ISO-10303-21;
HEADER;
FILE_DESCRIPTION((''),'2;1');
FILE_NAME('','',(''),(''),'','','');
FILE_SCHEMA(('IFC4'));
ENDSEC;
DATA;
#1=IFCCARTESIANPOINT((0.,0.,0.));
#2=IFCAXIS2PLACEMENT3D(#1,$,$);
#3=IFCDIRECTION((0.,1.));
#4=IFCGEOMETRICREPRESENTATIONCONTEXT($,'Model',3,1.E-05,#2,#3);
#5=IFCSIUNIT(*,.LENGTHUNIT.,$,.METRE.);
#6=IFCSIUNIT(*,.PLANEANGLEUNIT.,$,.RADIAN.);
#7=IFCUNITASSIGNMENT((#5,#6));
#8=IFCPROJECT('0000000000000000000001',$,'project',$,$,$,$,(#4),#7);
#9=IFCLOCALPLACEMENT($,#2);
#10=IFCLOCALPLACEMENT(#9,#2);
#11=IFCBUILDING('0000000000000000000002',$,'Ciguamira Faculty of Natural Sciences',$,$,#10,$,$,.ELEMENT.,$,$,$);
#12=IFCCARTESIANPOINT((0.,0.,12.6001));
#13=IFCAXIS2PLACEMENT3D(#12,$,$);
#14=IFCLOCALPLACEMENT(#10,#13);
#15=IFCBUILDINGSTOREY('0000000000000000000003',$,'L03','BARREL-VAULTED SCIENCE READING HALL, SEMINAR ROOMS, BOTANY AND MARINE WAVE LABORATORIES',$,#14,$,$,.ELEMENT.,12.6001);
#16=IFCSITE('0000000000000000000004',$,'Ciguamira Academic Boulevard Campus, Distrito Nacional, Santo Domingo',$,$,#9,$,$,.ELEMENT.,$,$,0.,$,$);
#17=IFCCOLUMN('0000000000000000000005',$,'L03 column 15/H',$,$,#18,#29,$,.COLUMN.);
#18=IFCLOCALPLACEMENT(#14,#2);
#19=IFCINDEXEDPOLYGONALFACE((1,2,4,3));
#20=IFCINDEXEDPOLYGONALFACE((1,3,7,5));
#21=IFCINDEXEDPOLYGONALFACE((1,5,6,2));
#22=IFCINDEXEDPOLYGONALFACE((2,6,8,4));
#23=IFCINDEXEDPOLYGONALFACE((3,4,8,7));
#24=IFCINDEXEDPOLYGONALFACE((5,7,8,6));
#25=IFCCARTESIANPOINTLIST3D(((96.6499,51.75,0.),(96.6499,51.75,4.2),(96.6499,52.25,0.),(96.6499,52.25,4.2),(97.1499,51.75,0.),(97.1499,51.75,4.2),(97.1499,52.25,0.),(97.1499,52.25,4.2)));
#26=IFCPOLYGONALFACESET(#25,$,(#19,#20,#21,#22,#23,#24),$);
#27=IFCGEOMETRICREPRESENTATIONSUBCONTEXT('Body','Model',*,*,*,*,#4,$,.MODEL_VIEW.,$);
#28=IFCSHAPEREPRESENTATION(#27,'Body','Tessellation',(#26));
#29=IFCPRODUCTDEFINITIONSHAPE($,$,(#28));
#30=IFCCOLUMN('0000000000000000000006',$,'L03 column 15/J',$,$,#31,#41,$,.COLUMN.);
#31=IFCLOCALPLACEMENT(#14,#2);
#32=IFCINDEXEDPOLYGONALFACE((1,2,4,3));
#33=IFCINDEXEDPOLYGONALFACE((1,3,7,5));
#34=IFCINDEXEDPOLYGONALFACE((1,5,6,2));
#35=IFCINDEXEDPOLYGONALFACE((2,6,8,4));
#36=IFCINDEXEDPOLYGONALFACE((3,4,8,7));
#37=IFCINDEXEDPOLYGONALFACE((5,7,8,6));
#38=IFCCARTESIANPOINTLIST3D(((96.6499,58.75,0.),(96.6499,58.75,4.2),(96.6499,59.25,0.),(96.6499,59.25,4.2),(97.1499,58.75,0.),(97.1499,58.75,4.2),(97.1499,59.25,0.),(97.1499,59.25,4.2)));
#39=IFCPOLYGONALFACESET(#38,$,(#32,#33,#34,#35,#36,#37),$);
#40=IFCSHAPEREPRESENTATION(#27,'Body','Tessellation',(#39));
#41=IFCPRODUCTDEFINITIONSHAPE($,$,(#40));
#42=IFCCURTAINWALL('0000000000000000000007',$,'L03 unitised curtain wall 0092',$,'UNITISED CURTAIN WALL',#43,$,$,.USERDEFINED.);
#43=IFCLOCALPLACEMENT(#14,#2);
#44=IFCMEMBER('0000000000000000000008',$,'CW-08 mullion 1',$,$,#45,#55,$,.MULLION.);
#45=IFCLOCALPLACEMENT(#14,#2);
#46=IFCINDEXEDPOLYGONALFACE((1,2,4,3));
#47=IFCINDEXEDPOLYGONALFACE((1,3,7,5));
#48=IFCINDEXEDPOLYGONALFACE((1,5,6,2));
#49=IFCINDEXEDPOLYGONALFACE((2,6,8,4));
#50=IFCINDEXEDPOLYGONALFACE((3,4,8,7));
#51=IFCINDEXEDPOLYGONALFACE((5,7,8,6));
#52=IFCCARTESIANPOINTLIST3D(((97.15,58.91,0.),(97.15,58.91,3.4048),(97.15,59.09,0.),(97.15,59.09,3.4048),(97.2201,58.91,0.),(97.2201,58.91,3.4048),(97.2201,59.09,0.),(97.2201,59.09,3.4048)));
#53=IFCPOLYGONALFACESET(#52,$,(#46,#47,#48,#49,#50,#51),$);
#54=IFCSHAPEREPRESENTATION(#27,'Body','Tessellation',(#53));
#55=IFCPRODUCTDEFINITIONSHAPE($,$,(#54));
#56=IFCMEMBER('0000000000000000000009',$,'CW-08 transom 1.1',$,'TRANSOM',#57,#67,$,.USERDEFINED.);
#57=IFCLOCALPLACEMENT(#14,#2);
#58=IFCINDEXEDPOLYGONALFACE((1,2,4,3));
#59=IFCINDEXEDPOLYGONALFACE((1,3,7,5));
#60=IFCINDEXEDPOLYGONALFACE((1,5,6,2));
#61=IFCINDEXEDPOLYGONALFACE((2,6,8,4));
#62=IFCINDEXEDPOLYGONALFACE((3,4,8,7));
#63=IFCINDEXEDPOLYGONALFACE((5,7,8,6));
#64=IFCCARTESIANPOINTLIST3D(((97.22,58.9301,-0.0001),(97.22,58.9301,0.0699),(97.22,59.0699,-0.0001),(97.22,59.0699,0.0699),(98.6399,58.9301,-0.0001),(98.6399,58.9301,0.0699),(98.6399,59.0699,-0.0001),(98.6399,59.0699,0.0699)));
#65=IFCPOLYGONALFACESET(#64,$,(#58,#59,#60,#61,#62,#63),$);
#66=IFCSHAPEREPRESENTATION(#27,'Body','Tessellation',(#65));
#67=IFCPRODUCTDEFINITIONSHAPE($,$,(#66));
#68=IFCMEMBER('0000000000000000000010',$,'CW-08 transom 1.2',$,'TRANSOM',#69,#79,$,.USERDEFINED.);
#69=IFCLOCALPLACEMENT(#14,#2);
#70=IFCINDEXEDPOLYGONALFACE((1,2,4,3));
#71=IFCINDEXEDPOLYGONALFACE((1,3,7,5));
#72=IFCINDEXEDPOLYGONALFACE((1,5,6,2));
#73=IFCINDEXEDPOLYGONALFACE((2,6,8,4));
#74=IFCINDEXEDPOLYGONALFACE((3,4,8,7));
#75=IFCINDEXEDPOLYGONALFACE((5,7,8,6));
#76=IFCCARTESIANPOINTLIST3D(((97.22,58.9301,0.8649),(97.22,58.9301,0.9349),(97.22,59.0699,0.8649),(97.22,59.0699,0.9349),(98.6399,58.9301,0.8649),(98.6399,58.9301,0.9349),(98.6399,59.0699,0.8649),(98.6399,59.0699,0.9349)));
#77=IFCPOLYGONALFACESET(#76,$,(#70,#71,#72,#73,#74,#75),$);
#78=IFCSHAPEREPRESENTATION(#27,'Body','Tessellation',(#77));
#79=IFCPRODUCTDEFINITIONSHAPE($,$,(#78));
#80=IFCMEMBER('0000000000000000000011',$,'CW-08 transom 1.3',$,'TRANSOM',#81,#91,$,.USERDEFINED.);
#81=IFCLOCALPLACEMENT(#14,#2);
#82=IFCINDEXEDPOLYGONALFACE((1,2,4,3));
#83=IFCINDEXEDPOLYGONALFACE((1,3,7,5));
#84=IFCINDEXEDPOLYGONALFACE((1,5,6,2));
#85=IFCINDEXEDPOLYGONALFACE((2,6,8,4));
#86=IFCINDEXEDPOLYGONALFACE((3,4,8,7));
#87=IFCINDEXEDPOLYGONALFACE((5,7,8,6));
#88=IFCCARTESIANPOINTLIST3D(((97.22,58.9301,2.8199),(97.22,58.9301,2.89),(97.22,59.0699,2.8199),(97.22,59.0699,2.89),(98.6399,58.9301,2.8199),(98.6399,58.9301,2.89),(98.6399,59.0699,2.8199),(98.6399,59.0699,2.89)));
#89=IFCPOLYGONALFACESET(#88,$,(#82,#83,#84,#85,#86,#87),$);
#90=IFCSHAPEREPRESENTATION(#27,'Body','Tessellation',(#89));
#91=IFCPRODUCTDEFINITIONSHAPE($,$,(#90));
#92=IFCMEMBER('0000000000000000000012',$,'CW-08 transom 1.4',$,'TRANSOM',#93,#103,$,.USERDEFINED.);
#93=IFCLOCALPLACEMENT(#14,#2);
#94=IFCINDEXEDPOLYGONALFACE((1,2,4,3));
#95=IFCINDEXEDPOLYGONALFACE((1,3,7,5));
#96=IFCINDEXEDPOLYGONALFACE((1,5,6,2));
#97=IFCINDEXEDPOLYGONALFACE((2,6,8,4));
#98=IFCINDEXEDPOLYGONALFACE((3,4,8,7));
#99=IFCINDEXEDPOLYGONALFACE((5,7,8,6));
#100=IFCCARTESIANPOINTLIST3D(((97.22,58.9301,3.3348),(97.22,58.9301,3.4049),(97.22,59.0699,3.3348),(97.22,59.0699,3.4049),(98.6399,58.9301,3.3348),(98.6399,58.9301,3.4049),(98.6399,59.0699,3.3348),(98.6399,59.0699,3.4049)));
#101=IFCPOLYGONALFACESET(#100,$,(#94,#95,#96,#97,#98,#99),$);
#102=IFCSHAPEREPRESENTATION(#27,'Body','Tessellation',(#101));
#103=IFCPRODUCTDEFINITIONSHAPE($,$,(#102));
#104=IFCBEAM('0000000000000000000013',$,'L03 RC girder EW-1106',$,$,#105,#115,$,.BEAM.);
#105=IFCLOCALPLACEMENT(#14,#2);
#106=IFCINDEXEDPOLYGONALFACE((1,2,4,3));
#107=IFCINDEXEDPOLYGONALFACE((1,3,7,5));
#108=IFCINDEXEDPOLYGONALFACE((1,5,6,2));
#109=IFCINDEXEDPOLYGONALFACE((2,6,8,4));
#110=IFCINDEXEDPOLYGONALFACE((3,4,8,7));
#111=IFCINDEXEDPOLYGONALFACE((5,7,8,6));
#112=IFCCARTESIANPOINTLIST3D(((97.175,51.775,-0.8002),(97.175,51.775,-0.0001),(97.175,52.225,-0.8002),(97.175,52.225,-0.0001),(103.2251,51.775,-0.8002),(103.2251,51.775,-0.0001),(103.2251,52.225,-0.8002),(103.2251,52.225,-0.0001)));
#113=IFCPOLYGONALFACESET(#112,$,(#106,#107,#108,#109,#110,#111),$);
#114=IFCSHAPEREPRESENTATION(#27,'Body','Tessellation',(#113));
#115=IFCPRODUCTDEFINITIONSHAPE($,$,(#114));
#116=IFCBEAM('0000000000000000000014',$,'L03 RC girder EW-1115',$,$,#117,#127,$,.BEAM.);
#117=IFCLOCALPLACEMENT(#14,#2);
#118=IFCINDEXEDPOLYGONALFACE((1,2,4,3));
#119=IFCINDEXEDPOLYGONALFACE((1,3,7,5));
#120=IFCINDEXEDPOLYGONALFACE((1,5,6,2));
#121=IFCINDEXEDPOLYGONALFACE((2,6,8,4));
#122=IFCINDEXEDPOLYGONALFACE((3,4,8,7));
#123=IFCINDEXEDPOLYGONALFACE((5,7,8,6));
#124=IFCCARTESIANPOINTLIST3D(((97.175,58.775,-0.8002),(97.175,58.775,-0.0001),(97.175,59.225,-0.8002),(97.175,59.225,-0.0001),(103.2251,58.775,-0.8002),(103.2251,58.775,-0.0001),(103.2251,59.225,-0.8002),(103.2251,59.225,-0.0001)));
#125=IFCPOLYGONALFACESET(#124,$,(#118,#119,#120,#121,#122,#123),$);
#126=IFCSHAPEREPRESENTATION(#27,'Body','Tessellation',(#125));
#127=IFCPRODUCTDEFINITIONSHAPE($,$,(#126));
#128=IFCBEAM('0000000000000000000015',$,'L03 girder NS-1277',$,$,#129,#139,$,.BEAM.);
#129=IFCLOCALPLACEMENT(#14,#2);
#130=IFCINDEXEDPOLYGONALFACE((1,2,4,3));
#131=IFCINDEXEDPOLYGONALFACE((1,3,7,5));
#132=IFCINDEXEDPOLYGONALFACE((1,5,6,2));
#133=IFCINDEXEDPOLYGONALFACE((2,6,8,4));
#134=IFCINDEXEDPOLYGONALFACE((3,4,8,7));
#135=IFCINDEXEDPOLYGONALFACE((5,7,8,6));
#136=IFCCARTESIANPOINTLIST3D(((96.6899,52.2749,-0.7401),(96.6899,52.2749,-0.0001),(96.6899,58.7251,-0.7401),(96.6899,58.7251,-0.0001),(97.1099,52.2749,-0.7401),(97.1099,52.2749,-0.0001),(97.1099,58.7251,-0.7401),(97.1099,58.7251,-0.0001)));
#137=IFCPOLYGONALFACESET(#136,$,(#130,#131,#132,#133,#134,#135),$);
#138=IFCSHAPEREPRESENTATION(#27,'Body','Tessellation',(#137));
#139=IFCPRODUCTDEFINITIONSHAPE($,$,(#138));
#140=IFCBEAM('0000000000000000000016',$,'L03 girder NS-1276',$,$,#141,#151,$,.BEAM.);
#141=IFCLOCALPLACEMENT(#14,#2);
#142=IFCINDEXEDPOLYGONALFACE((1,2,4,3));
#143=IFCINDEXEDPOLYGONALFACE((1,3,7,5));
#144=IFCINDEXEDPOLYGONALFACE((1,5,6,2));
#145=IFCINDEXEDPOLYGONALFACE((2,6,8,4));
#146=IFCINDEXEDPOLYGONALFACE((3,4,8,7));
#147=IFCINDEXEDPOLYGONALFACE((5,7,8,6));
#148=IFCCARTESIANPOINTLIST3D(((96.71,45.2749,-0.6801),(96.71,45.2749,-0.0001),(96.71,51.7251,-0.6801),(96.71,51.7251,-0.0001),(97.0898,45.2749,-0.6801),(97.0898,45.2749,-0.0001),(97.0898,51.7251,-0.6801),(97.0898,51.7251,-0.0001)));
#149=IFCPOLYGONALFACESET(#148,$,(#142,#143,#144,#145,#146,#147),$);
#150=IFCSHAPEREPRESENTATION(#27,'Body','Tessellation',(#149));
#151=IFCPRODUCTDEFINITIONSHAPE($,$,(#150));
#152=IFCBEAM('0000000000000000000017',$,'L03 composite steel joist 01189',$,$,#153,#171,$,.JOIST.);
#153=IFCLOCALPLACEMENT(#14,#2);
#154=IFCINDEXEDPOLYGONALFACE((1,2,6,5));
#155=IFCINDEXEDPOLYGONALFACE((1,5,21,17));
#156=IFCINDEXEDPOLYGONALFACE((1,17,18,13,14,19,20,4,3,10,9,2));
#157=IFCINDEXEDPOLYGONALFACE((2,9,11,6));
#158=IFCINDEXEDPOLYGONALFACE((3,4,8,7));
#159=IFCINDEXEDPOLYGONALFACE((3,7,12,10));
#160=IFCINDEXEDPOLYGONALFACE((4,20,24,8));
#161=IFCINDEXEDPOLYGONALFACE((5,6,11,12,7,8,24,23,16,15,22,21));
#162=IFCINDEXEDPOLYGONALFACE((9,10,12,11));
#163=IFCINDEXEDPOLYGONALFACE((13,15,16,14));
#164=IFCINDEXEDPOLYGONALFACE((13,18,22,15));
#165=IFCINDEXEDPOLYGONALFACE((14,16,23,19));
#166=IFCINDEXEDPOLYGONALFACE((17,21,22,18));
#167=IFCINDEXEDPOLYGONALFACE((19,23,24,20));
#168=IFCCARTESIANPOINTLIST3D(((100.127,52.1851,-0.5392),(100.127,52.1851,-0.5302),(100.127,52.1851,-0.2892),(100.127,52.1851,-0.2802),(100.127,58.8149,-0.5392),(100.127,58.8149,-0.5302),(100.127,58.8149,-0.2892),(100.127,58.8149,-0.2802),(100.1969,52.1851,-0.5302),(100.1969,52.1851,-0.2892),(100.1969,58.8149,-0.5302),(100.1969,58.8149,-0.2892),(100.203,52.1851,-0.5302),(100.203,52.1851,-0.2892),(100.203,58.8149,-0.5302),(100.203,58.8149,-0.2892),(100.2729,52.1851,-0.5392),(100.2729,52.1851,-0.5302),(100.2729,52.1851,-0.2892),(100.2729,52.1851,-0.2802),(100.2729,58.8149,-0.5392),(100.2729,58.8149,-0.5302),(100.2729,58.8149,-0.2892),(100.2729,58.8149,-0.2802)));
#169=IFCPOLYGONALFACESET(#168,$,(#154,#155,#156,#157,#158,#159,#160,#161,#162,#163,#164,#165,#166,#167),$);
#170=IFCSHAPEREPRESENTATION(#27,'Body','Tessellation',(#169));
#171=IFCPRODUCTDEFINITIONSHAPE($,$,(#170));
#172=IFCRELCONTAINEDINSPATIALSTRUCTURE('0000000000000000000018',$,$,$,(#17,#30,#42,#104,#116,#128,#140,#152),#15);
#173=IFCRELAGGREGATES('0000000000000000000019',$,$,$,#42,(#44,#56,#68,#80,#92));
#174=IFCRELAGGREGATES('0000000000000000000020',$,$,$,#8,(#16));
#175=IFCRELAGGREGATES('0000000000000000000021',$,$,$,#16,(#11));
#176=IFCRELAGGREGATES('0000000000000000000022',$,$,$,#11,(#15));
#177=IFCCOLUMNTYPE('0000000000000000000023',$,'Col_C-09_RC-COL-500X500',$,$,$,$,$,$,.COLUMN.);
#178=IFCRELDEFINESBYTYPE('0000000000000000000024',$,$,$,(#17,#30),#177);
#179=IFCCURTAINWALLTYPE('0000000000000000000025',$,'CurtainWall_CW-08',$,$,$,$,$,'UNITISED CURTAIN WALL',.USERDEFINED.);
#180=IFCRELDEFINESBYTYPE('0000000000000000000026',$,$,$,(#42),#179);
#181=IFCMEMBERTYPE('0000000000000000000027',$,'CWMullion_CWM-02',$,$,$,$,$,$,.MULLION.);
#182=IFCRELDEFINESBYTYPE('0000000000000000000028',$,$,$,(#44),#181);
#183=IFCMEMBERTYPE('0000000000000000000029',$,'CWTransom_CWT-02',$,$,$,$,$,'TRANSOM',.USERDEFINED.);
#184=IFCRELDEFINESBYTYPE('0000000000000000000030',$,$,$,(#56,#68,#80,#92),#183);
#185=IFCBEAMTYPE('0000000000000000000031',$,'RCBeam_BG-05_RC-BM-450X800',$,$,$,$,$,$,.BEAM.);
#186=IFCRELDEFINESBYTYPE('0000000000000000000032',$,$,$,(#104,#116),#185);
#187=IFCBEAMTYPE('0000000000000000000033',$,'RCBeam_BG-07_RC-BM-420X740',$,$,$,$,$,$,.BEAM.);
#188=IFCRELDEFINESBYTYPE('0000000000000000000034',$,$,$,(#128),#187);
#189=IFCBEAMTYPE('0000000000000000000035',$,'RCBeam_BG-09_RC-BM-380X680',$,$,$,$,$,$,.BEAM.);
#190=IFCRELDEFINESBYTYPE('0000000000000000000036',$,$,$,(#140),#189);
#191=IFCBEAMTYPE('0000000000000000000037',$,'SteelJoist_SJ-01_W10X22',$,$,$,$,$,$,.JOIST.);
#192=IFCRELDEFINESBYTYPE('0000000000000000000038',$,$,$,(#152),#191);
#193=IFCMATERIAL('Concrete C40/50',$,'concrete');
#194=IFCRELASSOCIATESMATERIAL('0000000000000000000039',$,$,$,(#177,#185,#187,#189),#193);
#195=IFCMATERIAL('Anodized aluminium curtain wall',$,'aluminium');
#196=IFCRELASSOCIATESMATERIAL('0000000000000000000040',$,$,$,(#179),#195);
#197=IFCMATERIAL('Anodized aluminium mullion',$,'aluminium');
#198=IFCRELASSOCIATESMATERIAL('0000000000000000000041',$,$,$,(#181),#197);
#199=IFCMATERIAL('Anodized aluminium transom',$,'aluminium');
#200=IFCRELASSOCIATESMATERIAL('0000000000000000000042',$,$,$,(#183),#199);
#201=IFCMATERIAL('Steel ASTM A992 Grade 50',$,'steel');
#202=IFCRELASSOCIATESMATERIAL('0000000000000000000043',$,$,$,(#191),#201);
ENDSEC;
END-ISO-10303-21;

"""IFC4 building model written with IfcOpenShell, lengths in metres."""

from ifc_helpers import new_model, si_unit, direction, frame, origin, origin_2d, place, context, subcontext, project, spatial, rectangle, i_section, extrude, material, material_profile, profile_set, type_object, element, aggregate, save


model = new_model("IFC4")

# Units and contexts
model_context = context("Model", 3, precision=1e-05, world=origin(), true_north=direction((0.0, 1.0)))
body_context = subcontext(model_context, "Body", "Model", "MODEL_VIEW")
ifc_project = project(units=[si_unit("LENGTHUNIT", "METRE"), si_unit("PLANEANGLEUNIT", "RADIAN")], contexts=[model_context])

# Site, building, storey
site_placement = place(None, origin())
site = spatial("IfcSite", under=ifc_project, at=site_placement, Name="Ciguamira Academic Boulevard Campus, Distrito Nacional, Santo Domingo", CompositionType="ELEMENT", RefElevation=0.0)
building_placement = place(site_placement, origin())
building = spatial("IfcBuilding", under=site, at=building_placement, Name="Ciguamira Faculty of Natural Sciences", CompositionType="ELEMENT")
storey_placement = place(building_placement, frame((0.0, 0.0, 12.6001)))
storey = spatial("IfcBuildingStorey", under=building, at=storey_placement, Name="L03", Description="BARREL-VAULTED SCIENCE READING HALL, SEMINAR ROOMS, BOTANY AND MARINE WAVE LABORATORIES", CompositionType="ELEMENT", Elevation=12.6001)

# Columns
ifc_material_1 = material(Name="Concrete C40/50", Category="concrete")
ifc_material_profile_1 = material_profile(ifc_material_1, rectangle(XDim=0.5, YDim=0.5, at=origin_2d()), Name="RC-COL-500X500")
ifc_profile_set_1 = profile_set([ifc_material_profile_1], Name="Concrete C40/50")
column_type = type_object("IfcColumnType", Name="Col_C-09_RC-COL-500X500", PredefinedType="COLUMN", material=ifc_profile_set_1)
for number, where, z_axis, x_axis, name in (
    (1, (96.8999, 52.0, 0.0), (0.0, 0.0, 1.0), (1.0, 0.0, 0.0), "L03 column 15/H"),
    (2, (96.8999, 59.0, 0.0), (0.0, 0.0, 1.0), (1.0, 0.0, 0.0), "L03 column 15/J"),
):
    element("IfcColumn", number, at=place(storey_placement, frame(where, z_axis=z_axis, x_axis=x_axis)), inside=storey, type_object=column_type, Name=name, PredefinedType="COLUMN", context=body_context, shape_type="SweptSolid", body=[
        extrude(rectangle(XDim=0.5, YDim=0.5, at=origin_2d()), origin(), (0.0, 0.0, 1.0), 4.2),
    ])

# Curtain wall, members
ifc_material_2 = material(Name="Anodized aluminium curtain wall", Category="aluminium")
curtain_wall_type = type_object("IfcCurtainWallType", Name="CurtainWall_CW-08", ElementType="UNITISED CURTAIN WALL", PredefinedType="USERDEFINED", material=ifc_material_2)
curtain_wall_placement = place(storey_placement, origin())
curtain_wall = element("IfcCurtainWall", 3, at=curtain_wall_placement, inside=storey, type_object=curtain_wall_type, Name="L03 unitised curtain wall 0092", ObjectType="UNITISED CURTAIN WALL", PredefinedType="USERDEFINED")
ifc_material_3 = material(Name="Anodized aluminium mullion", Category="aluminium")
ifc_material_profile_2 = material_profile(ifc_material_3, rectangle(XDim=0.0701, YDim=0.1799, at=origin_2d()), Name="ALU-MUL-70X180")
ifc_profile_set_2 = profile_set([ifc_material_profile_2], Name="Anodized aluminium mullion")
member_type_1 = type_object("IfcMemberType", Name="CWMullion_CWM-02", PredefinedType="MULLION", material=ifc_profile_set_2)
member_1_placement = place(storey_placement, frame((97.1851, 59.0, 0.0), z_axis=(0.0, 0.0, 1.0), x_axis=(1.0, 0.0, 0.0)))
member_1 = element("IfcMember", 4, at=member_1_placement, type_object=member_type_1, Name="CW-08 mullion 1", PredefinedType="MULLION", context=body_context, shape_type="SweptSolid", body=[
    extrude(rectangle(XDim=0.0701, YDim=0.1799, at=origin_2d()), origin(), (0.0, 0.0, 1.0), 3.4048),
])
ifc_material_4 = material(Name="Anodized aluminium transom", Category="aluminium")
ifc_material_profile_3 = material_profile(ifc_material_4, rectangle(XDim=0.0701, YDim=0.1399, at=origin_2d()), Name="ALU-TRN-70X140")
ifc_profile_set_3 = profile_set([ifc_material_profile_3], Name="Anodized aluminium transom")
member_type_2 = type_object("IfcMemberType", Name="CWTransom_CWT-02", ElementType="TRANSOM", PredefinedType="USERDEFINED", material=ifc_profile_set_3)
member_2_placement = place(storey_placement, frame((97.22, 59.0, 0.0349), z_axis=(1.0, 0.0, 0.0), x_axis=(0.0, 0.0, 1.0)))
member_2 = element("IfcMember", 5, at=member_2_placement, type_object=member_type_2, Name="CW-08 transom 1.1", ObjectType="TRANSOM", PredefinedType="USERDEFINED", context=body_context, shape_type="SweptSolid", body=[
    extrude(rectangle(XDim=0.0701, YDim=0.1399, at=origin_2d()), origin(), (0.0, 0.0, 1.0), 1.4199),
])
member_3_placement = place(storey_placement, frame((97.22, 59.0, 0.8999), z_axis=(1.0, 0.0, 0.0), x_axis=(0.0, 0.0, 1.0)))
member_3 = element("IfcMember", 6, at=member_3_placement, type_object=member_type_2, Name="CW-08 transom 1.2", ObjectType="TRANSOM", PredefinedType="USERDEFINED", context=body_context, shape_type="SweptSolid", body=[
    extrude(rectangle(XDim=0.0701, YDim=0.1399, at=origin_2d()), origin(), (0.0, 0.0, 1.0), 1.4199),
])
member_4_placement = place(storey_placement, frame((97.22, 59.0, 2.855), z_axis=(1.0, 0.0, 0.0), x_axis=(0.0, 0.0, 1.0)))
member_4 = element("IfcMember", 7, at=member_4_placement, type_object=member_type_2, Name="CW-08 transom 1.3", ObjectType="TRANSOM", PredefinedType="USERDEFINED", context=body_context, shape_type="SweptSolid", body=[
    extrude(rectangle(XDim=0.0701, YDim=0.1399, at=origin_2d()), origin(), (0.0, 0.0, 1.0), 1.4199),
])
member_5_placement = place(storey_placement, frame((97.22, 59.0, 3.3699), z_axis=(1.0, 0.0, 0.0), x_axis=(0.0, 0.0, 1.0)))
member_5 = element("IfcMember", 8, at=member_5_placement, type_object=member_type_2, Name="CW-08 transom 1.4", ObjectType="TRANSOM", PredefinedType="USERDEFINED", context=body_context, shape_type="SweptSolid", body=[
    extrude(rectangle(XDim=0.0701, YDim=0.1399, at=origin_2d()), origin(), (0.0, 0.0, 1.0), 1.4199),
])

# Beams
ifc_material_profile_4 = material_profile(ifc_material_1, rectangle(XDim=0.45, YDim=0.8, at=origin_2d()), Name="RC-BM-450X800")
ifc_profile_set_4 = profile_set([ifc_material_profile_4], Name="Concrete C40/50")
beam_type_1 = type_object("IfcBeamType", Name="RCBeam_BG-05_RC-BM-450X800", PredefinedType="BEAM", material=ifc_profile_set_4)
for number, where, z_axis, x_axis, name in (
    (9, (97.175, 52.0, -0.4001), (1.0, 0.0, 0.0), (0.0, 1.0, 0.0), "L03 RC girder EW-1106"),
    (10, (97.175, 59.0, -0.4001), (1.0, 0.0, 0.0), (0.0, 1.0, 0.0), "L03 RC girder EW-1115"),
):
    element("IfcBeam", number, at=place(storey_placement, frame(where, z_axis=z_axis, x_axis=x_axis)), inside=storey, type_object=beam_type_1, Name=name, PredefinedType="BEAM", context=body_context, shape_type="SweptSolid", body=[
        extrude(rectangle(XDim=0.45, YDim=0.8, at=origin_2d()), origin(), (0.0, 0.0, 1.0), 6.05),
    ])
ifc_material_profile_5 = material_profile(ifc_material_1, rectangle(XDim=0.4199, YDim=0.74, at=origin_2d()), Name="RC-BM-420X740")
ifc_profile_set_5 = profile_set([ifc_material_profile_5], Name="Concrete C40/50")
beam_type_2 = type_object("IfcBeamType", Name="RCBeam_BG-07_RC-BM-420X740", PredefinedType="BEAM", material=ifc_profile_set_5)
beam_1_placement = place(storey_placement, frame((96.8999, 52.2749, -0.3701), z_axis=(0.0, 1.0, 0.0), x_axis=(-1.0, 0.0, 0.0)))
element("IfcBeam", 11, at=beam_1_placement, inside=storey, type_object=beam_type_2, Name="L03 girder NS-1277", PredefinedType="BEAM", context=body_context, shape_type="SweptSolid", body=[
    extrude(rectangle(XDim=0.4199, YDim=0.74, at=origin_2d()), origin(), (0.0, 0.0, 1.0), 6.4502),
])
ifc_material_profile_6 = material_profile(ifc_material_1, rectangle(XDim=0.3799, YDim=0.6799, at=origin_2d()), Name="RC-BM-380X680")
ifc_profile_set_6 = profile_set([ifc_material_profile_6], Name="Concrete C40/50")
beam_type_3 = type_object("IfcBeamType", Name="RCBeam_BG-09_RC-BM-380X680", PredefinedType="BEAM", material=ifc_profile_set_6)
beam_2_placement = place(storey_placement, frame((96.8999, 45.2749, -0.3401), z_axis=(0.0, 1.0, 0.0), x_axis=(-1.0, 0.0, 0.0)))
element("IfcBeam", 12, at=beam_2_placement, inside=storey, type_object=beam_type_3, Name="L03 girder NS-1276", PredefinedType="BEAM", context=body_context, shape_type="SweptSolid", body=[
    extrude(rectangle(XDim=0.3799, YDim=0.6799, at=origin_2d()), origin(), (0.0, 0.0, 1.0), 6.4502),
])
ifc_material_5 = material(Name="Steel ASTM A992 Grade 50", Category="steel")
ifc_material_profile_7 = material_profile(ifc_material_5, i_section(OverallWidth=0.146, OverallDepth=0.259, WebThickness=0.0061, FlangeThickness=0.009, at=origin_2d()), Name="W10X22")
ifc_profile_set_7 = profile_set([ifc_material_profile_7], Name="Steel ASTM A992 Grade 50")
beam_type_4 = type_object("IfcBeamType", Name="SteelJoist_SJ-01_W10X22", PredefinedType="JOIST", material=ifc_profile_set_7)
beam_3_placement = place(storey_placement, frame((100.2, 52.1851, -0.4097), z_axis=(0.0, 1.0, 0.0), x_axis=(-1.0, 0.0, 0.0)))
element("IfcBeam", 13, at=beam_3_placement, inside=storey, type_object=beam_type_4, Name="L03 composite steel joist 01189", PredefinedType="JOIST", context=body_context, shape_type="SweptSolid", body=[
    extrude(i_section(OverallWidth=0.146, OverallDepth=0.259, WebThickness=0.0061, FlangeThickness=0.009, at=origin_2d()), origin(), (0.0, 0.0, 1.0), 6.6299),
])

aggregate(curtain_wall, [member_1, member_2, member_3, member_4, member_5])

save(model, "model.ifc")
